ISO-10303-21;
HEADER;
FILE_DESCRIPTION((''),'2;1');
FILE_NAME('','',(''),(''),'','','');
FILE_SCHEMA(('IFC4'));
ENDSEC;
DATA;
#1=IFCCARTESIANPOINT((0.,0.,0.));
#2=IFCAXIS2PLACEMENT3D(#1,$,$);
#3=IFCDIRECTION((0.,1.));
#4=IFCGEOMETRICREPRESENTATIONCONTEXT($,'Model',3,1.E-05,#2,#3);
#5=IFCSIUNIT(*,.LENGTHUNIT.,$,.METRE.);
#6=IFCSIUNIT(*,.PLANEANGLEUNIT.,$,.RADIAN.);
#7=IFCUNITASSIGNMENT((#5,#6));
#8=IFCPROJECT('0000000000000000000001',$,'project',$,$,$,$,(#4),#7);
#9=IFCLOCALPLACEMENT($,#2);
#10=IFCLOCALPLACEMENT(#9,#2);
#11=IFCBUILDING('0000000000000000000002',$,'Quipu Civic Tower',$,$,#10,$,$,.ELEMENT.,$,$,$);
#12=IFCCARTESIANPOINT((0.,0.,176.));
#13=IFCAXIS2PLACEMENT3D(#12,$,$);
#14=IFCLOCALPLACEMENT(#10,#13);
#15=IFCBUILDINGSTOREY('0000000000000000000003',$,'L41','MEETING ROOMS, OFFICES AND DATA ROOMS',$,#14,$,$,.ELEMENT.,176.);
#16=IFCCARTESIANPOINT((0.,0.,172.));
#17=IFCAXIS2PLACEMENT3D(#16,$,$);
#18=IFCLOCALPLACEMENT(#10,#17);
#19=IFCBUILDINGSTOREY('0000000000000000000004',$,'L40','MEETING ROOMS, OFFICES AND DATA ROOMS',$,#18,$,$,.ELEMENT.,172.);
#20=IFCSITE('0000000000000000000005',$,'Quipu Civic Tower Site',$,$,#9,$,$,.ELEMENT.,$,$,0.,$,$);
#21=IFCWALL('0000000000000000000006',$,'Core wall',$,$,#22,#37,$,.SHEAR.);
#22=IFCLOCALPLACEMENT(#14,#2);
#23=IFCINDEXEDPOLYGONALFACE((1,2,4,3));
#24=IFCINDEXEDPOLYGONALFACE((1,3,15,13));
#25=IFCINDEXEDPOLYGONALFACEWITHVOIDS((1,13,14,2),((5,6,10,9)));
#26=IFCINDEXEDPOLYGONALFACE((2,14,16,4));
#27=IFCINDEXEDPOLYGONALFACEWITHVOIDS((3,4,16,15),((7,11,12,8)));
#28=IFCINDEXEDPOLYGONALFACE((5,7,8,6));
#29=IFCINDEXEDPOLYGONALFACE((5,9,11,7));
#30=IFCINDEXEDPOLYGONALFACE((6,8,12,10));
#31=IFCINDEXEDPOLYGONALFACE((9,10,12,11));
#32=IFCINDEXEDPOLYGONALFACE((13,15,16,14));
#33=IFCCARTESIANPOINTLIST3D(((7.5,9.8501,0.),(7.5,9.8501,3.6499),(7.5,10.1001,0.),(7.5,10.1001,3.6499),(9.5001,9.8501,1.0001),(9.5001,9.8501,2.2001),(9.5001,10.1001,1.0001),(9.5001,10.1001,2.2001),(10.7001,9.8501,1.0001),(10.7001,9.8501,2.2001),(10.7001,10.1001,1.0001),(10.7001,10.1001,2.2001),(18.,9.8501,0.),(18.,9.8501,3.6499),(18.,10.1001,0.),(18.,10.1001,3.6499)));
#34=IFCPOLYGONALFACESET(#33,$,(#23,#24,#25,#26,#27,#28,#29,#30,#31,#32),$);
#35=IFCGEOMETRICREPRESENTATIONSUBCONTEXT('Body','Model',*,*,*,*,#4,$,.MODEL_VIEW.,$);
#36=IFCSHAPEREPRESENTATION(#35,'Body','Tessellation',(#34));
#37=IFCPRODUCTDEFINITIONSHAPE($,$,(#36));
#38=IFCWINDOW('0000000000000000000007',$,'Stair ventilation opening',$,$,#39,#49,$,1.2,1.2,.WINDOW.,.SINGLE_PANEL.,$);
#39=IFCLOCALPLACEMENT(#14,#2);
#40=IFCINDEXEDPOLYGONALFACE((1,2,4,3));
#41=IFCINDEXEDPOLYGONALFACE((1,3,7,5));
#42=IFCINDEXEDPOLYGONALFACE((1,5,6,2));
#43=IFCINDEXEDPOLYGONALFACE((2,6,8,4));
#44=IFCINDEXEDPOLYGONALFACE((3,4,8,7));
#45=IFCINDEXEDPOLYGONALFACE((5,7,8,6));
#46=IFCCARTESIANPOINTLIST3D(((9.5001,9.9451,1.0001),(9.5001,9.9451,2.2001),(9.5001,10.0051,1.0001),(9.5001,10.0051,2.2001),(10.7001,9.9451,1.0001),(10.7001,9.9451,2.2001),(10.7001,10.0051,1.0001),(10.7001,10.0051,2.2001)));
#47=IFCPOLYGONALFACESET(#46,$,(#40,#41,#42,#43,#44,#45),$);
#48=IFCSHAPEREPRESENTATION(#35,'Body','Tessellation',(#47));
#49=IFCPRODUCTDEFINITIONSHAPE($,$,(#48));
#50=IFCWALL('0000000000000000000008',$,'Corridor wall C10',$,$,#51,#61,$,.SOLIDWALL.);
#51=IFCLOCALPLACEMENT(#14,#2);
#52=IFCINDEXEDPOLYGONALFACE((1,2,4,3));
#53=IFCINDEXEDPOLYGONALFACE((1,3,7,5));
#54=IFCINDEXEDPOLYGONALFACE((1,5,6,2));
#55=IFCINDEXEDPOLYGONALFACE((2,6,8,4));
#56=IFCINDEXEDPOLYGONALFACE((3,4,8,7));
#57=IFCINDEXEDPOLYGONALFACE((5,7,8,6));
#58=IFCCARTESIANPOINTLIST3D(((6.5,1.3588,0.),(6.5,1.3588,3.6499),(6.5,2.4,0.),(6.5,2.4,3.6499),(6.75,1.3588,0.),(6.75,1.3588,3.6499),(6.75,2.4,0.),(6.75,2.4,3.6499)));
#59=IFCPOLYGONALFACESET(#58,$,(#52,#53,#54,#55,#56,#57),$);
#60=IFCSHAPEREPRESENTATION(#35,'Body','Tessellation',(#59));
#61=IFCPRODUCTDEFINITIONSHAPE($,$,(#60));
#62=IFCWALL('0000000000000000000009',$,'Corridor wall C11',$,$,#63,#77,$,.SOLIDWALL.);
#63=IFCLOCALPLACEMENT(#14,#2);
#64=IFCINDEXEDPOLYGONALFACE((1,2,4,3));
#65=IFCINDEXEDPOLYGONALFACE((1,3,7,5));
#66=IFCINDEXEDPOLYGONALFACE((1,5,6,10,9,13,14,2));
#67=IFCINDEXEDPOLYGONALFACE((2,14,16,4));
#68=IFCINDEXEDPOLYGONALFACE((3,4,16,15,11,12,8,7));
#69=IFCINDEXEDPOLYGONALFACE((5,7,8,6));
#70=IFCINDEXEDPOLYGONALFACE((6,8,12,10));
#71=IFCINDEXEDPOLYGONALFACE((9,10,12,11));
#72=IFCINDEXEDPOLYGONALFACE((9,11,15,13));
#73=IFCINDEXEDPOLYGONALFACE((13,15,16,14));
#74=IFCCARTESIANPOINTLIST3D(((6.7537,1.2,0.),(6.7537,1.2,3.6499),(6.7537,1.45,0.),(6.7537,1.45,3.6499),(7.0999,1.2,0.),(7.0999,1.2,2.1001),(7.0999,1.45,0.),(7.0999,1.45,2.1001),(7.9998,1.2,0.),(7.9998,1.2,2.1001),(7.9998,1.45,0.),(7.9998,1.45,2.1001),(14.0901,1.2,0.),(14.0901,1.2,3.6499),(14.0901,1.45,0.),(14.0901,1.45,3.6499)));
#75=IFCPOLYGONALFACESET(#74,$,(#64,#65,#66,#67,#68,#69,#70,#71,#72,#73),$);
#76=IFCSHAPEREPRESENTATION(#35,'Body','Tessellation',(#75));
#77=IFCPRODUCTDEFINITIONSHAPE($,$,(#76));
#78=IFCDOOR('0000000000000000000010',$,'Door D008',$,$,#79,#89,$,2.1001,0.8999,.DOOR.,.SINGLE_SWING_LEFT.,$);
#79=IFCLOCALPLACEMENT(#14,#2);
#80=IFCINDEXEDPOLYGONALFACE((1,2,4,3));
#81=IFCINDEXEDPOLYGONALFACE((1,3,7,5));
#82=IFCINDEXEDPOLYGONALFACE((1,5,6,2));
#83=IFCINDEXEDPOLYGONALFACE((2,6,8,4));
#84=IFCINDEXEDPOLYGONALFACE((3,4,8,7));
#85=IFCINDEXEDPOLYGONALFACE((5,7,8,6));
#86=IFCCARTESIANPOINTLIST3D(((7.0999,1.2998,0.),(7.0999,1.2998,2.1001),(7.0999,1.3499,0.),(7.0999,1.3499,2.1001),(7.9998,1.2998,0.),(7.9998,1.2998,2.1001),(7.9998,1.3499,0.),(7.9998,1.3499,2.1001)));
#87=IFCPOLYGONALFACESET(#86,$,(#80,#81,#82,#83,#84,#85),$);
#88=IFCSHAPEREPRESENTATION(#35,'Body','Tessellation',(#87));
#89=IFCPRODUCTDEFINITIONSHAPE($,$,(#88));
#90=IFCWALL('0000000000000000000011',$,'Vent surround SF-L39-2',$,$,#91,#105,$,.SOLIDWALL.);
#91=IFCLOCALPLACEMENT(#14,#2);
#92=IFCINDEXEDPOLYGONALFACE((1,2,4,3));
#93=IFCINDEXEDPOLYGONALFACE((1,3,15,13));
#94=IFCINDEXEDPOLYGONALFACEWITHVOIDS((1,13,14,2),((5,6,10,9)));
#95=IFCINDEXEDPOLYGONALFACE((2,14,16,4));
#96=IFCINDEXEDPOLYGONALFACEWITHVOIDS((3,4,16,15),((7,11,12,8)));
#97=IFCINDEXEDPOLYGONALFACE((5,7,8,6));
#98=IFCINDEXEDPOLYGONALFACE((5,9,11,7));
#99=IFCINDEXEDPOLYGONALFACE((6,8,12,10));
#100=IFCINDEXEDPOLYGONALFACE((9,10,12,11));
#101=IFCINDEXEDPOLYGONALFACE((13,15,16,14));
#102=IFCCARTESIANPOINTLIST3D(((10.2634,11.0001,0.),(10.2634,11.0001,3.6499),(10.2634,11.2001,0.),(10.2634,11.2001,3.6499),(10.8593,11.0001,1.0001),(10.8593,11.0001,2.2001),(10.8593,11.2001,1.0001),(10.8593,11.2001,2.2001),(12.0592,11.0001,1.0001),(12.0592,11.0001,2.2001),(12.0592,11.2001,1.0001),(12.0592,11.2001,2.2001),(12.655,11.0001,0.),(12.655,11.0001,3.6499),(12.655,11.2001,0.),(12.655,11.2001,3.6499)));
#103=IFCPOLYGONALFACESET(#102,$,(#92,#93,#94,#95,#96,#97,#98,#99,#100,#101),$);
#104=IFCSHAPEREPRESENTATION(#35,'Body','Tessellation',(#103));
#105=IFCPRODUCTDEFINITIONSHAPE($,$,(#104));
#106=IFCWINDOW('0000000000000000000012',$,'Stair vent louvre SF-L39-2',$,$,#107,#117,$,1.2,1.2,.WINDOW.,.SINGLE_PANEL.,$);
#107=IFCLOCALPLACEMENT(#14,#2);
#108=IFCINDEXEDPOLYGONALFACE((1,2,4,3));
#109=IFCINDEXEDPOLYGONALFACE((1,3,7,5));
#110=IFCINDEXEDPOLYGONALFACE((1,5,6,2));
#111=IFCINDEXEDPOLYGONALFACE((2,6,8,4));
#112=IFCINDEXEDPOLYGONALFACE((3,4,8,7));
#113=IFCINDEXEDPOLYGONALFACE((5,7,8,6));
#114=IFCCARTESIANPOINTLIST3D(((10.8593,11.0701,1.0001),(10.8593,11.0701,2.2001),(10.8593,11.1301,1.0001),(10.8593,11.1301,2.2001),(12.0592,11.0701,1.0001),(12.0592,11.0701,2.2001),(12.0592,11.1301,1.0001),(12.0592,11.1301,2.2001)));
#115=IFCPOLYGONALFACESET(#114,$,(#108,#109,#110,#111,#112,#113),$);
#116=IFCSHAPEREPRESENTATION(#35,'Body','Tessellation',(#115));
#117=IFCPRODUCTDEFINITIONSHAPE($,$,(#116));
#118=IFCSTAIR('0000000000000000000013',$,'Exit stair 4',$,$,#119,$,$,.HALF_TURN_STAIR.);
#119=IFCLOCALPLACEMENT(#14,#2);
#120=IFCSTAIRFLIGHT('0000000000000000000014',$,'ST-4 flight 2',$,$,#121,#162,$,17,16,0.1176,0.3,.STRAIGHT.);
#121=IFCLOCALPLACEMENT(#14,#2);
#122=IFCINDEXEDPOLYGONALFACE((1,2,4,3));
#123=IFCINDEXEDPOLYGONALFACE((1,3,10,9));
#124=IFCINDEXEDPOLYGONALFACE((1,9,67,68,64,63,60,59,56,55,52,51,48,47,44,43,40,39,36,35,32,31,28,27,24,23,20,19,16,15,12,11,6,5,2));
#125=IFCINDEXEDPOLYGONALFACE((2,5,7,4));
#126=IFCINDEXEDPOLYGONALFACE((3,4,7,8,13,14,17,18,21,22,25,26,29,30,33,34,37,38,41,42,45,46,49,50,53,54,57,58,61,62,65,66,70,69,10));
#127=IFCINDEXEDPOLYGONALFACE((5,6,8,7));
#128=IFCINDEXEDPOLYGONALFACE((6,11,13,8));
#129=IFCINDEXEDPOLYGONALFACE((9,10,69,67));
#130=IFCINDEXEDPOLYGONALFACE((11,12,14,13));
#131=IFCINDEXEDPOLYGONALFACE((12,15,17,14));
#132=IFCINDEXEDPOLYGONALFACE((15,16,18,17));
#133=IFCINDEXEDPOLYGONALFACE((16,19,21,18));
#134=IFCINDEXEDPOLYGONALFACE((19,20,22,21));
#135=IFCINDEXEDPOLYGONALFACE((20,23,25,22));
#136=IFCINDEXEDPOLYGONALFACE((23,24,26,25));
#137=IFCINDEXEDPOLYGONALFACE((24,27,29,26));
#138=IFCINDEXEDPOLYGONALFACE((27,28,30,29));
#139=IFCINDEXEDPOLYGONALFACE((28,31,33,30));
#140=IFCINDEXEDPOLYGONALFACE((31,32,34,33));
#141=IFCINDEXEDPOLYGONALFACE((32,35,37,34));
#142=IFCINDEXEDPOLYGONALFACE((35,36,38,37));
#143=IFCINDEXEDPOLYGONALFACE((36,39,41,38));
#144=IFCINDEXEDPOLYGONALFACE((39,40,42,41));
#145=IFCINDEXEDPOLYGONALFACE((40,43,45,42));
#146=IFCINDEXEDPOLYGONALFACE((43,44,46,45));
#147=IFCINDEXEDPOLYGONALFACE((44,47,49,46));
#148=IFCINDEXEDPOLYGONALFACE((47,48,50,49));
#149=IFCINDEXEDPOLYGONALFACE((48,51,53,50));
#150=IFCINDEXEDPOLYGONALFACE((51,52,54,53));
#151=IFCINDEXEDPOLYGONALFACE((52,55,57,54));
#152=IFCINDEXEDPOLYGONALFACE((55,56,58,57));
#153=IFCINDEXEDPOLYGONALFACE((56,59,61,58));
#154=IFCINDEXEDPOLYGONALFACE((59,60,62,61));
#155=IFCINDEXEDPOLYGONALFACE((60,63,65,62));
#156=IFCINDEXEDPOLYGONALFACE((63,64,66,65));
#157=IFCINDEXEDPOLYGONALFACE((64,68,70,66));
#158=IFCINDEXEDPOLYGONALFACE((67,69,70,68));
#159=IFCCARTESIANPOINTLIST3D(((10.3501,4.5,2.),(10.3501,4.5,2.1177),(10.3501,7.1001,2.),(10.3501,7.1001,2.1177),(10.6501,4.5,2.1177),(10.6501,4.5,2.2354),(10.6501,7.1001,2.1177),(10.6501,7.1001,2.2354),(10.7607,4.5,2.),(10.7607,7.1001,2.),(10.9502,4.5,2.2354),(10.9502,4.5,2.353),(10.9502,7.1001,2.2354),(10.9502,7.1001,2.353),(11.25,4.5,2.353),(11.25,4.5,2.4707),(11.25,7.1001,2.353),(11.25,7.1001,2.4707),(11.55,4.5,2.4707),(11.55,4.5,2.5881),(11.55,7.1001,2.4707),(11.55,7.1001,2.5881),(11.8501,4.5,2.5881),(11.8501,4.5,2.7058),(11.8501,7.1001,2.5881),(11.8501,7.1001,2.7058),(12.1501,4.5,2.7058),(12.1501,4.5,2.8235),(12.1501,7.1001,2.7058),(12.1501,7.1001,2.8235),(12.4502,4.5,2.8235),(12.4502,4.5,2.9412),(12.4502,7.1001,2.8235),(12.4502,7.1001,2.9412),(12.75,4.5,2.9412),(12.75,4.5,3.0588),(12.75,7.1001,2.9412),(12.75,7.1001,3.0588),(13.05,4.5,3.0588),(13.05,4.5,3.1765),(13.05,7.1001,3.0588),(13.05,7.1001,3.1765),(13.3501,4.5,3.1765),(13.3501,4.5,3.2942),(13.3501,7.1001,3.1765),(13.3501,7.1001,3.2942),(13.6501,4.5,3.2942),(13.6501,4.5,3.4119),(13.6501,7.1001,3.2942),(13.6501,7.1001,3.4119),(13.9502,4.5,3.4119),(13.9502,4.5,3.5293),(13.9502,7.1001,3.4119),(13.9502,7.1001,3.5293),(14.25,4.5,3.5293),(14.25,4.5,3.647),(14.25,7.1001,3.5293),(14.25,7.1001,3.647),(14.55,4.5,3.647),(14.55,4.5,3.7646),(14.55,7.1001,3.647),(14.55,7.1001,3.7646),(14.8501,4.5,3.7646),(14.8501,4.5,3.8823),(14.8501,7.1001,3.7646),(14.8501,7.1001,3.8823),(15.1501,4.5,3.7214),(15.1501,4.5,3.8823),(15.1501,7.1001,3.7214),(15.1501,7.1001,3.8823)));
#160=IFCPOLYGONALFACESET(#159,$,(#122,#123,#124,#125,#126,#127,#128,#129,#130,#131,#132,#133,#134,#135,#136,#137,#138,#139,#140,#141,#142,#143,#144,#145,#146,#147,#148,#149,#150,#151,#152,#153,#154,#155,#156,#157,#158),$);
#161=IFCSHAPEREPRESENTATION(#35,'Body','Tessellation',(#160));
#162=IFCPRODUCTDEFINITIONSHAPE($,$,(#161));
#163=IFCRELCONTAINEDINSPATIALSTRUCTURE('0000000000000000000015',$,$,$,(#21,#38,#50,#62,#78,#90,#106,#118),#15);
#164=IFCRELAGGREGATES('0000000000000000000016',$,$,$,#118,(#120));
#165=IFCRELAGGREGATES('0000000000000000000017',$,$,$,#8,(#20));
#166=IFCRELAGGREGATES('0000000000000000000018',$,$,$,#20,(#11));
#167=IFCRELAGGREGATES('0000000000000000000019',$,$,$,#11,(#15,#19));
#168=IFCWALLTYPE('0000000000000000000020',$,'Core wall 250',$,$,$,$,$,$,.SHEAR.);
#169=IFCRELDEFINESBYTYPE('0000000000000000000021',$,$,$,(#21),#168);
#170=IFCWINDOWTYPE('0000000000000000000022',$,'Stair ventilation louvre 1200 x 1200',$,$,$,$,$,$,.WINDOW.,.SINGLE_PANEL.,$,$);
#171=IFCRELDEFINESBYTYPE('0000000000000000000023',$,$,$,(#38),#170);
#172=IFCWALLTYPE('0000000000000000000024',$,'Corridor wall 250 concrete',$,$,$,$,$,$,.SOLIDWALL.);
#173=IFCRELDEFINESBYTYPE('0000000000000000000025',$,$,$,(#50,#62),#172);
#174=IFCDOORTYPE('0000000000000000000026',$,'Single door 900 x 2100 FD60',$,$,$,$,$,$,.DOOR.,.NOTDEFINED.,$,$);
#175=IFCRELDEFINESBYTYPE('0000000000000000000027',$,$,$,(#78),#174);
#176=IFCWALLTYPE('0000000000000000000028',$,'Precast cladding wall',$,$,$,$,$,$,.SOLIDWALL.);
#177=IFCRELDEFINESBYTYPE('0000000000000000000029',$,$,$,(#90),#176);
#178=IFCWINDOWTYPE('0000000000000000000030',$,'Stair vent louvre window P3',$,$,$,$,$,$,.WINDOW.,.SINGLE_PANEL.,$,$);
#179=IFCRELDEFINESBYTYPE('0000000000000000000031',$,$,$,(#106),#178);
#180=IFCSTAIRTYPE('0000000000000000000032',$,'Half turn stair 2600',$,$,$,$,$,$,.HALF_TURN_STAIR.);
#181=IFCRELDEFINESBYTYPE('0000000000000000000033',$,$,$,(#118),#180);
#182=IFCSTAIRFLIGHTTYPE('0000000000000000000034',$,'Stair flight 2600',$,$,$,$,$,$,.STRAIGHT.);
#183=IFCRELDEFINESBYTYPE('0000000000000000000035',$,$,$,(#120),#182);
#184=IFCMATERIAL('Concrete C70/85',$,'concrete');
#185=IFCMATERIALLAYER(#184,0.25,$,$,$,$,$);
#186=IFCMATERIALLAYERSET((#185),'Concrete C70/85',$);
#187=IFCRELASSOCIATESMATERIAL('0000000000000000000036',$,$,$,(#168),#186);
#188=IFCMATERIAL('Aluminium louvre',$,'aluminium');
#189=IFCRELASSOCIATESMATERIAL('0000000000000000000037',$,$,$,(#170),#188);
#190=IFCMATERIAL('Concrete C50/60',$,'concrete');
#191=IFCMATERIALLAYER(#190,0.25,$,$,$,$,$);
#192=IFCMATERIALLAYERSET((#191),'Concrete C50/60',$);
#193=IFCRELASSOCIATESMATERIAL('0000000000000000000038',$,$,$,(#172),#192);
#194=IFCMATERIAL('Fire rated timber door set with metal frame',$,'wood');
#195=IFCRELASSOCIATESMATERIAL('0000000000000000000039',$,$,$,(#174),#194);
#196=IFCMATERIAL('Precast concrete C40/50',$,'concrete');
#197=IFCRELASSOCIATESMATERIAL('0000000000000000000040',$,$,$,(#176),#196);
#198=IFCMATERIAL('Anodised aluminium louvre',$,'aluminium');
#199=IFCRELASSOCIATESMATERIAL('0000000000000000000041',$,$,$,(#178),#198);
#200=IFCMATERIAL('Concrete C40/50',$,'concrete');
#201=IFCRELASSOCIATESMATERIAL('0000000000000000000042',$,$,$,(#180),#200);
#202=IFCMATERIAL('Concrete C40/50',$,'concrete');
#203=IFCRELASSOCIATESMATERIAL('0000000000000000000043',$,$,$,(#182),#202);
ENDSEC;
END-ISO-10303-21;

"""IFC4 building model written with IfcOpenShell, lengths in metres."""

from ifc_helpers import new_model, si_unit, direction, frame, frame_2d, origin, place, context, subcontext, project, spatial, polyline, rectangle, outline, extrude, material, layer, layer_set, type_object, element, fill, aggregate, save


model = new_model("IFC4")

# Units and contexts
model_context = context("Model", 3, precision=1e-05, world=origin(), true_north=direction((0.0, 1.0)))
body_context = subcontext(model_context, "Body", "Model", "MODEL_VIEW")
ifc_project = project(units=[si_unit("LENGTHUNIT", "METRE"), si_unit("PLANEANGLEUNIT", "RADIAN")], contexts=[model_context])

# Site, building, storey
site_placement = place(None, origin())
site = spatial("IfcSite", under=ifc_project, at=site_placement, Name="Quipu Civic Tower Site", CompositionType="ELEMENT", RefElevation=0.0)
building_placement = place(site_placement, origin())
building = spatial("IfcBuilding", under=site, at=building_placement, Name="Quipu Civic Tower", CompositionType="ELEMENT")
storey_1_placement = place(building_placement, frame((0.0, 0.0, 176.0)))
storey_1 = spatial("IfcBuildingStorey", under=building, at=storey_1_placement, Name="L41", Description="MEETING ROOMS, OFFICES AND DATA ROOMS", CompositionType="ELEMENT", Elevation=176.0)

# Shared definitions
storey_2_placement = place(building_placement, frame((0.0, 0.0, 172.0)))
storey_2 = spatial("IfcBuildingStorey", under=building, at=storey_2_placement, Name="L40", Description="MEETING ROOMS, OFFICES AND DATA ROOMS", CompositionType="ELEMENT", Elevation=172.0)

# Shared definitions
ifc_material_1 = material(Name="Concrete C70/85", Category="concrete")
ifc_layer_1 = layer(ifc_material_1, 0.25)
ifc_layer_set_1 = layer_set([ifc_layer_1], Name="Concrete C70/85")
wall_type_1 = type_object("IfcWallType", Name="Core wall 250", PredefinedType="SHEAR", material=ifc_layer_set_1)

# Wall, opening, window
wall_1_placement = place(storey_1_placement, frame((7.5, 9.9751, 0.0), z_axis=(0.0, 0.0, 1.0), x_axis=(1.0, 0.0, 0.0)))
wall_1 = element("IfcWall", 1, at=wall_1_placement, inside=storey_1, type_object=wall_type_1, Name="Core wall", PredefinedType="SHEAR", context=body_context, shape_type="SweptSolid", body=[
    extrude(rectangle(XDim=10.5, YDim=0.25, at=frame_2d((5.25, 0.0))), origin(), (0.0, 0.0, 1.0), 3.6499),
])
opening_1_placement = place(wall_1_placement, frame((2.0, 0.0, 1.0)))
opening_1 = element("IfcOpeningElement", 2, at=opening_1_placement, cuts=wall_1, PredefinedType="OPENING", context=body_context, shape_type="SweptSolid", body=[
    extrude(rectangle(XDim=1.2, YDim=1.2, at=frame_2d((0.6001, 0.6001))), frame((0.0, 0.135, 0.0), z_axis=(0.0, -1.0, 0.0), x_axis=(1.0, 0.0, 0.0)), (0.0, 0.0, 1.0), 0.27),
])
ifc_material_2 = material(Name="Aluminium louvre", Category="aluminium")
window_type_1 = type_object("IfcWindowType", Name="Stair ventilation louvre 1200 x 1200", PartitioningType="SINGLE_PANEL", PredefinedType="WINDOW", material=ifc_material_2)
window_1_placement = place(opening_1_placement, origin())
window_1 = element("IfcWindow", 3, at=window_1_placement, inside=storey_1, type_object=window_type_1, Name="Stair ventilation opening", OverallHeight=1.2, OverallWidth=1.2, PartitioningType="SINGLE_PANEL", PredefinedType="WINDOW", context=body_context, shape_type="SweptSolid", body=[
    extrude(rectangle(XDim=1.2, YDim=1.2, at=frame_2d((0.6001, 0.6001))), frame((0.0, 0.03, 0.0), z_axis=(0.0, -1.0, 0.0), x_axis=(1.0, 0.0, 0.0)), (0.0, 0.0, 1.0), 0.0601),
])
fill(opening_1, window_1)

# Wall
ifc_material_3 = material(Name="Concrete C50/60", Category="concrete")
ifc_layer_2 = layer(ifc_material_3, 0.25)
ifc_layer_set_2 = layer_set([ifc_layer_2], Name="Concrete C50/60")
wall_type_2 = type_object("IfcWallType", Name="Corridor wall 250 concrete", PredefinedType="SOLIDWALL", material=ifc_layer_set_2)
wall_2_placement = place(storey_1_placement, frame((6.625, 2.3999, 0.0), z_axis=(0.0, 0.0, 1.0), x_axis=(0.0, -1.0, 0.0)))
element("IfcWall", 4, at=wall_2_placement, inside=storey_1, type_object=wall_type_2, Name="Corridor wall C10", PredefinedType="SOLIDWALL", context=body_context, shape_type="SweptSolid", body=[
    extrude(rectangle(XDim=1.0413, YDim=0.25, at=frame_2d((0.5205, 0.0))), origin(), (0.0, 0.0, 1.0), 3.6499),
])

# Wall, opening, door
wall_3_placement = place(storey_1_placement, frame((6.7537, 1.325, 0.0), z_axis=(0.0, 0.0, 1.0), x_axis=(1.0, 0.0, 0.0)))
wall_3 = element("IfcWall", 5, at=wall_3_placement, inside=storey_1, type_object=wall_type_2, Name="Corridor wall C11", PredefinedType="SOLIDWALL", context=body_context, shape_type="SweptSolid", body=[
    extrude(rectangle(XDim=7.3364, YDim=0.25, at=frame_2d((3.6682, 0.0))), origin(), (0.0, 0.0, 1.0), 3.6499),
])
opening_2_placement = place(wall_3_placement, frame((0.3462, 0.0, 0.0)))
opening_2 = element("IfcOpeningElement", 6, at=opening_2_placement, cuts=wall_3, PredefinedType="OPENING", context=body_context, shape_type="SweptSolid", body=[
    extrude(rectangle(XDim=0.8999, YDim=2.1001, at=frame_2d((0.45, 1.05))), frame((0.0, 0.135, 0.0), z_axis=(0.0, -1.0, 0.0), x_axis=(1.0, 0.0, 0.0)), (0.0, 0.0, 1.0), 0.27),
])
ifc_material_4 = material(Name="Fire rated timber door set with metal frame", Category="wood")
door_type_1 = type_object("IfcDoorType", Name="Single door 900 x 2100 FD60", OperationType="NOTDEFINED", PredefinedType="DOOR", material=ifc_material_4)
door_1_placement = place(opening_2_placement, origin())
door_1 = element("IfcDoor", 7, at=door_1_placement, inside=storey_1, type_object=door_type_1, Name="Door D008", OperationType="SINGLE_SWING_LEFT", OverallHeight=2.1001, OverallWidth=0.8999, PredefinedType="DOOR", context=body_context, shape_type="SweptSolid", body=[
    extrude(rectangle(XDim=0.8999, YDim=2.1001, at=frame_2d((0.45, 1.05))), frame((0.0, 0.0249, 0.0), z_axis=(0.0, -1.0, 0.0), x_axis=(1.0, 0.0, 0.0)), (0.0, 0.0, 1.0), 0.05),
])
fill(opening_2, door_1)

# Wall, opening, window
ifc_material_5 = material(Name="Precast concrete C40/50", Category="concrete")
wall_type_3 = type_object("IfcWallType", Name="Precast cladding wall", PredefinedType="SOLIDWALL", material=ifc_material_5)
wall_4_placement = place(storey_1_placement, frame((12.655, 11.1001, 0.0), z_axis=(0.0, 0.0, 1.0), x_axis=(-1.0, 0.0, 0.0)))
wall_4 = element("IfcWall", 8, at=wall_4_placement, inside=storey_1, type_object=wall_type_3, Name="Vent surround SF-L39-2", PredefinedType="SOLIDWALL", context=body_context, shape_type="SweptSolid", body=[
    extrude(rectangle(XDim=2.3916, YDim=0.2, at=frame_2d((1.1958, 0.0))), origin(), (0.0, 0.0, 1.0), 3.6499),
])
opening_3_placement = place(wall_4_placement, frame((0.5957, 0.0, 1.0)))
opening_3 = element("IfcOpeningElement", 9, at=opening_3_placement, cuts=wall_4, PredefinedType="OPENING", context=body_context, shape_type="SweptSolid", body=[
    extrude(rectangle(XDim=1.2, YDim=1.2, at=frame_2d((0.6001, 0.6001))), frame((0.0, 0.1099, 0.0), z_axis=(0.0, -1.0, 0.0), x_axis=(1.0, 0.0, 0.0)), (0.0, 0.0, 1.0), 0.22),
])
ifc_material_6 = material(Name="Anodised aluminium louvre", Category="aluminium")
window_type_2 = type_object("IfcWindowType", Name="Stair vent louvre window P3", PartitioningType="SINGLE_PANEL", PredefinedType="WINDOW", material=ifc_material_6)
window_2_placement = place(opening_3_placement, origin())
window_2 = element("IfcWindow", 10, at=window_2_placement, inside=storey_1, type_object=window_type_2, Name="Stair vent louvre SF-L39-2", OverallHeight=1.2, OverallWidth=1.2, PartitioningType="SINGLE_PANEL", PredefinedType="WINDOW", context=body_context, shape_type="SweptSolid", body=[
    extrude(rectangle(XDim=1.2, YDim=1.2, at=frame_2d((0.6001, 0.6001))), frame((0.0, 0.03, 0.0), z_axis=(0.0, -1.0, 0.0), x_axis=(1.0, 0.0, 0.0)), (0.0, 0.0, 1.0), 0.0601),
])
fill(opening_3, window_2)

# Stair, stair flight
ifc_material_7 = material(Name="Concrete C40/50", Category="concrete")
stair_type = type_object("IfcStairType", Name="Half turn stair 2600", PredefinedType="HALF_TURN_STAIR", material=ifc_material_7)
stair_placement = place(storey_1_placement, origin())
stair = element("IfcStair", 11, at=stair_placement, inside=storey_1, type_object=stair_type, Name="Exit stair 4", PredefinedType="HALF_TURN_STAIR")
ifc_material_8 = material(Name="Concrete C40/50", Category="concrete")
stair_flight_type = type_object("IfcStairFlightType", Name="Stair flight 2600", PredefinedType="STRAIGHT", material=ifc_material_8)
stair_flight_placement = place(storey_1_placement, frame((10.3501, 5.8, 2.0), z_axis=(0.0, 0.0, 1.0), x_axis=(1.0, 0.0, 0.0)))
stair_flight = element("IfcStairFlight", 12, at=stair_flight_placement, type_object=stair_flight_type, Name="ST-4 flight 2", NumberOfRisers=17, NumberOfTreads=16, PredefinedType="STRAIGHT", RiserHeight=0.1176, TreadLength=0.3, context=body_context, shape_type="SweptSolid", body=[
    extrude(outline(polyline([(0.0, 0.0), (0.0, 0.1177), (0.3, 0.1177), (0.3, 0.2354), (0.6001, 0.2354), (0.6001, 0.353), (0.8999, 0.353), (0.8999, 0.4707), (1.2, 0.4707), (1.2, 0.5881), (1.5, 0.5881), (1.5, 0.7058), (1.8, 0.7058), (1.8, 0.8235), (2.1001, 0.8235), (2.1001, 0.9412), (2.3999, 0.9412), (2.3999, 1.0588), (2.7, 1.0588), (2.7, 1.1765), (3.0, 1.1765), (3.0, 1.2942), (3.3, 1.2942), (3.3, 1.4119), (3.6001, 1.4119), (3.6001, 1.5293), (3.8999, 1.5293), (3.8999, 1.647), (4.2, 1.647), (4.2, 1.7646), (4.5, 1.7646), (4.5, 1.8823), (4.8, 1.8823), (4.8, 2.0), (4.8, 1.7214), (0.4106, 0.0), (0.0, 0.0)])), frame((0.0, 1.3, 0.0), z_axis=(0.0, -1.0, 0.0), x_axis=(1.0, 0.0, 0.0)), (0.0, 0.0, 1.0), 2.6001),
])
aggregate(stair, [stair_flight])

save(model, "model.ifc")
